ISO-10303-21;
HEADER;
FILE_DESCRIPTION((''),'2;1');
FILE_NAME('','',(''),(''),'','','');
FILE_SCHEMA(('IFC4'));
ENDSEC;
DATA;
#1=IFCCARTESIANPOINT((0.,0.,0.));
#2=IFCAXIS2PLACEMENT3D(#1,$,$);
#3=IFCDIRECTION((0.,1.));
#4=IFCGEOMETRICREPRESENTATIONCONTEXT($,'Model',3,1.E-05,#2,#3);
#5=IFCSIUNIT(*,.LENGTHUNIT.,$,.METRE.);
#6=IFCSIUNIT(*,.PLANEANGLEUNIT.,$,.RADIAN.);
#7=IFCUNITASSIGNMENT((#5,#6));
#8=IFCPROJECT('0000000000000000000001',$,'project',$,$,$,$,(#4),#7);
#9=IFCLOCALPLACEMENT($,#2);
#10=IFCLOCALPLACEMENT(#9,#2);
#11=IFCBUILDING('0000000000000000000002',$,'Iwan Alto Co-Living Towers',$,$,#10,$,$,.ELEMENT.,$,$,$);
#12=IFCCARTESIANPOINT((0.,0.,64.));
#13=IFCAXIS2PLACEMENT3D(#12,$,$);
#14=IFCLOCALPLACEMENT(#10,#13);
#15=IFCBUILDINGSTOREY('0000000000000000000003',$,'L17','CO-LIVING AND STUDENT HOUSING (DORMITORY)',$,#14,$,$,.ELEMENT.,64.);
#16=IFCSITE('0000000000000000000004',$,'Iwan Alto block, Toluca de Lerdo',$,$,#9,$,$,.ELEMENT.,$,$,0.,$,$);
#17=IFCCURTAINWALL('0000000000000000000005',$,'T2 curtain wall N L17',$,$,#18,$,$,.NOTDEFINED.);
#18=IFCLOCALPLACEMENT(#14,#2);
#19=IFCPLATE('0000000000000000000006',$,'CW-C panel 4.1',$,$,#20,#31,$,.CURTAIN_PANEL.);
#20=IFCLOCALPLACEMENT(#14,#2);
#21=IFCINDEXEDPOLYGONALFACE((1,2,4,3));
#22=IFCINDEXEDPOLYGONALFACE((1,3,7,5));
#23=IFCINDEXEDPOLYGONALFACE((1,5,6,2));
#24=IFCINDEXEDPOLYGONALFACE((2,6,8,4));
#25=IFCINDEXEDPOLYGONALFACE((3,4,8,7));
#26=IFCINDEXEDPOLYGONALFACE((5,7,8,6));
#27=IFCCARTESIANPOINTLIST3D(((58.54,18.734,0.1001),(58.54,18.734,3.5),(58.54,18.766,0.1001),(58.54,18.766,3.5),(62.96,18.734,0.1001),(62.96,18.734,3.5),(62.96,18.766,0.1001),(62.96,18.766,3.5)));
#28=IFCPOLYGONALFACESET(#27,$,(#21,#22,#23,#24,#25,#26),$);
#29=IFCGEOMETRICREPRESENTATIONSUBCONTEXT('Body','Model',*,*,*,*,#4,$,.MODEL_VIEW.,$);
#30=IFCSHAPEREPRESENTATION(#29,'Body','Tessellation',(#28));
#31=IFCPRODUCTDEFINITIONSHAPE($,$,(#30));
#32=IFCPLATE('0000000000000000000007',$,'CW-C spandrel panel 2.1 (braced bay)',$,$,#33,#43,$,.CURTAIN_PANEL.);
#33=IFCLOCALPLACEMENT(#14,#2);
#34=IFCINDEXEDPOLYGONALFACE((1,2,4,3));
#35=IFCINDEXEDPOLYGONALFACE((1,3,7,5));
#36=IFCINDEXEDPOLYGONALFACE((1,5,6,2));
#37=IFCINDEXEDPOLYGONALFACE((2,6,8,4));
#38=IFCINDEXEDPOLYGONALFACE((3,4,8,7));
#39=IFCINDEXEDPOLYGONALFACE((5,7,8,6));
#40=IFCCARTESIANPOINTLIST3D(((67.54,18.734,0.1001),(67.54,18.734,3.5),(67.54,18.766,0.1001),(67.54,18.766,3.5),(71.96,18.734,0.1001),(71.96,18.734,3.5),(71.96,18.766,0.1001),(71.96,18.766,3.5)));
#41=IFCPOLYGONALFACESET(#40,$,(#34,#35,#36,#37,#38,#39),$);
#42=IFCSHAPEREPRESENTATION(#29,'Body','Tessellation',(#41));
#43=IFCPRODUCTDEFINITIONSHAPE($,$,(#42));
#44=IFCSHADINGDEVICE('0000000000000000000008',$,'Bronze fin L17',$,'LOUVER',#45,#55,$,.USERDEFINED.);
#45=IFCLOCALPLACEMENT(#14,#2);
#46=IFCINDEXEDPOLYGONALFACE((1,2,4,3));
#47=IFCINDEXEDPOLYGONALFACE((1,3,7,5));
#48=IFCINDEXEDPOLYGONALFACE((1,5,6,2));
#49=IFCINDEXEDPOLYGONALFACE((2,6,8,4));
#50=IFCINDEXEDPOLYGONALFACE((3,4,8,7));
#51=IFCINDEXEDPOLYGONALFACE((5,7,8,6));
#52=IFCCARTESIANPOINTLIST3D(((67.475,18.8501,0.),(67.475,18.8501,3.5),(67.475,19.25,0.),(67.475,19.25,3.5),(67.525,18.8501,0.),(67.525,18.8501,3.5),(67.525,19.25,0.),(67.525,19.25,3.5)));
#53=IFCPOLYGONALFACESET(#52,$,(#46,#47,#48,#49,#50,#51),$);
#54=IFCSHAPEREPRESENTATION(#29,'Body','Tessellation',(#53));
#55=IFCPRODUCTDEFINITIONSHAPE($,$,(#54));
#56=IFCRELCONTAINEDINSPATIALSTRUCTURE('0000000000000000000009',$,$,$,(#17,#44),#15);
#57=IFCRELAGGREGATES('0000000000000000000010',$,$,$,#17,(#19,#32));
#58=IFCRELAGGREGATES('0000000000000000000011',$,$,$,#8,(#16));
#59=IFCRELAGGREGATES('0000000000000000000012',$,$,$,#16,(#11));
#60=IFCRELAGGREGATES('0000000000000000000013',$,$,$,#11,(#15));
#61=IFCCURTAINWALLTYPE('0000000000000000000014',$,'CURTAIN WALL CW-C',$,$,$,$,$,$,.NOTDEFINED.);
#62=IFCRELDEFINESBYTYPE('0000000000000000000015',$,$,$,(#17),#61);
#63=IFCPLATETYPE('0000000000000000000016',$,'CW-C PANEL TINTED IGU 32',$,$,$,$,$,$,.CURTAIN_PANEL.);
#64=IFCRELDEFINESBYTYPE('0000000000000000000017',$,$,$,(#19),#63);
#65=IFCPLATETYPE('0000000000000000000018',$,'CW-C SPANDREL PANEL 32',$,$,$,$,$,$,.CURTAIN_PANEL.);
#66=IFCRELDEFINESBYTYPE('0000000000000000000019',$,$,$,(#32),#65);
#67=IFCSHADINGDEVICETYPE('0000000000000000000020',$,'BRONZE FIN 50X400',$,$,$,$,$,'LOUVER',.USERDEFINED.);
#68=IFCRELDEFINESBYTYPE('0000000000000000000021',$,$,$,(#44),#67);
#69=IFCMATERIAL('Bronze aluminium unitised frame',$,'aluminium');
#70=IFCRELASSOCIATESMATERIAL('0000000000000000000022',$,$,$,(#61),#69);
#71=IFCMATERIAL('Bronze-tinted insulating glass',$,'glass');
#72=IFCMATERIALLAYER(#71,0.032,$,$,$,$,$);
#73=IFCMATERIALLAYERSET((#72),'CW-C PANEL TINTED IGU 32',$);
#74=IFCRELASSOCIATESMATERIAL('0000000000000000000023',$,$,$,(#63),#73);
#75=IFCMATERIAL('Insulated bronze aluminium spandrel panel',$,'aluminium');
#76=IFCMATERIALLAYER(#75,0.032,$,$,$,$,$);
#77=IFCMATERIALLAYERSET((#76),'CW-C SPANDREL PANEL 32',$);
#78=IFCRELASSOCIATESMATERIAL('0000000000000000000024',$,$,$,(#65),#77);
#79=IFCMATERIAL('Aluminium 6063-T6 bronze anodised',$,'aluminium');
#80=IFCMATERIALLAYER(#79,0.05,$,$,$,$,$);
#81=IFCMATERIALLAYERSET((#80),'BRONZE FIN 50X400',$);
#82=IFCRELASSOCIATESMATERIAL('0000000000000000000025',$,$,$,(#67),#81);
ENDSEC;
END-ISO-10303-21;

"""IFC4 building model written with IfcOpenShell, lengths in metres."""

from ifc_helpers import new_model, si_unit, direction, frame, origin, origin_2d, place, context, subcontext, project, spatial, rectangle, extrude, material, layer, layer_set, type_object, element, aggregate, save


model = new_model("IFC4")

# Units and contexts
model_context = context("Model", 3, precision=1e-05, world=origin(), true_north=direction((0.0, 1.0)))
body_context = subcontext(model_context, "Body", "Model", "MODEL_VIEW")
ifc_project = project(units=[si_unit("LENGTHUNIT", "METRE"), si_unit("PLANEANGLEUNIT", "RADIAN")], contexts=[model_context])

# Site, building, storey
site_placement = place(None, origin())
site = spatial("IfcSite", under=ifc_project, at=site_placement, Name="Iwan Alto block, Toluca de Lerdo", CompositionType="ELEMENT", RefElevation=0.0)
building_placement = place(site_placement, origin())
building = spatial("IfcBuilding", under=site, at=building_placement, Name="Iwan Alto Co-Living Towers", CompositionType="ELEMENT")
storey_placement = place(building_placement, frame((0.0, 0.0, 64.0)))
storey = spatial("IfcBuildingStorey", under=building, at=storey_placement, Name="L17", Description="CO-LIVING AND STUDENT HOUSING (DORMITORY)", CompositionType="ELEMENT", Elevation=64.0)

# Curtain wall
ifc_material_1 = material(Name="Bronze aluminium unitised frame", Category="aluminium")
curtain_wall_type = type_object("IfcCurtainWallType", Name="CURTAIN WALL CW-C", PredefinedType="NOTDEFINED", material=ifc_material_1)
curtain_wall_placement = place(storey_placement, origin())
curtain_wall = element("IfcCurtainWall", 1, at=curtain_wall_placement, inside=storey, type_object=curtain_wall_type, Name="T2 curtain wall N L17", PredefinedType="NOTDEFINED")

# Plates
ifc_material_2 = material(Name="Bronze-tinted insulating glass", Category="glass")
ifc_layer_1 = layer(ifc_material_2, 0.032)
ifc_layer_set_1 = layer_set([ifc_layer_1], Name="CW-C PANEL TINTED IGU 32")
plate_type_1 = type_object("IfcPlateType", Name="CW-C PANEL TINTED IGU 32", PredefinedType="CURTAIN_PANEL", material=ifc_layer_set_1)
plate_1_placement = place(storey_placement, frame((60.75, 18.75, 0.1001), z_axis=(0.0, 0.0, 1.0), x_axis=(-1.0, 0.0, 0.0)))
plate_1 = element("IfcPlate", 2, at=plate_1_placement, type_object=plate_type_1, Name="CW-C panel 4.1", PredefinedType="CURTAIN_PANEL", context=body_context, shape_type="SweptSolid", body=[
    extrude(rectangle(XDim=4.4199, YDim=0.032, at=origin_2d()), origin(), (0.0, 0.0, 1.0), 3.3999),
])
ifc_material_3 = material(Name="Insulated bronze aluminium spandrel panel", Category="aluminium")
ifc_layer_2 = layer(ifc_material_3, 0.032)
ifc_layer_set_2 = layer_set([ifc_layer_2], Name="CW-C SPANDREL PANEL 32")
plate_type_2 = type_object("IfcPlateType", Name="CW-C SPANDREL PANEL 32", PredefinedType="CURTAIN_PANEL", material=ifc_layer_set_2)
plate_2_placement = place(storey_placement, frame((69.75, 18.75, 0.1001), z_axis=(0.0, 0.0, 1.0), x_axis=(-1.0, 0.0, 0.0)))
plate_2 = element("IfcPlate", 3, at=plate_2_placement, type_object=plate_type_2, Name="CW-C spandrel panel 2.1 (braced bay)", PredefinedType="CURTAIN_PANEL", context=body_context, shape_type="SweptSolid", body=[
    extrude(rectangle(XDim=4.4199, YDim=0.032, at=origin_2d()), origin(), (0.0, 0.0, 1.0), 3.3999),
])
aggregate(curtain_wall, [plate_1, plate_2])

# Shading device
ifc_material_4 = material(Name="Aluminium 6063-T6 bronze anodised", Category="aluminium")
ifc_layer_3 = layer(ifc_material_4, 0.05)
ifc_layer_set_3 = layer_set([ifc_layer_3], Name="BRONZE FIN 50X400")
shading_device_type = type_object("IfcShadingDeviceType", Name="BRONZE FIN 50X400", ElementType="LOUVER", PredefinedType="USERDEFINED", material=ifc_layer_set_3)
shading_device_placement = place(storey_placement, frame((67.5, 19.05, 0.0), z_axis=(0.0, 0.0, 1.0), x_axis=(-1.0, 0.0, 0.0)))
element("IfcShadingDevice", 4, at=shading_device_placement, inside=storey, type_object=shading_device_type, Name="Bronze fin L17", ObjectType="LOUVER", PredefinedType="USERDEFINED", context=body_context, shape_type="SweptSolid", body=[
    extrude(rectangle(XDim=0.05, YDim=0.3999, at=origin_2d()), origin(), (0.0, 0.0, 1.0), 3.5),
])

save(model, "model.ifc")
